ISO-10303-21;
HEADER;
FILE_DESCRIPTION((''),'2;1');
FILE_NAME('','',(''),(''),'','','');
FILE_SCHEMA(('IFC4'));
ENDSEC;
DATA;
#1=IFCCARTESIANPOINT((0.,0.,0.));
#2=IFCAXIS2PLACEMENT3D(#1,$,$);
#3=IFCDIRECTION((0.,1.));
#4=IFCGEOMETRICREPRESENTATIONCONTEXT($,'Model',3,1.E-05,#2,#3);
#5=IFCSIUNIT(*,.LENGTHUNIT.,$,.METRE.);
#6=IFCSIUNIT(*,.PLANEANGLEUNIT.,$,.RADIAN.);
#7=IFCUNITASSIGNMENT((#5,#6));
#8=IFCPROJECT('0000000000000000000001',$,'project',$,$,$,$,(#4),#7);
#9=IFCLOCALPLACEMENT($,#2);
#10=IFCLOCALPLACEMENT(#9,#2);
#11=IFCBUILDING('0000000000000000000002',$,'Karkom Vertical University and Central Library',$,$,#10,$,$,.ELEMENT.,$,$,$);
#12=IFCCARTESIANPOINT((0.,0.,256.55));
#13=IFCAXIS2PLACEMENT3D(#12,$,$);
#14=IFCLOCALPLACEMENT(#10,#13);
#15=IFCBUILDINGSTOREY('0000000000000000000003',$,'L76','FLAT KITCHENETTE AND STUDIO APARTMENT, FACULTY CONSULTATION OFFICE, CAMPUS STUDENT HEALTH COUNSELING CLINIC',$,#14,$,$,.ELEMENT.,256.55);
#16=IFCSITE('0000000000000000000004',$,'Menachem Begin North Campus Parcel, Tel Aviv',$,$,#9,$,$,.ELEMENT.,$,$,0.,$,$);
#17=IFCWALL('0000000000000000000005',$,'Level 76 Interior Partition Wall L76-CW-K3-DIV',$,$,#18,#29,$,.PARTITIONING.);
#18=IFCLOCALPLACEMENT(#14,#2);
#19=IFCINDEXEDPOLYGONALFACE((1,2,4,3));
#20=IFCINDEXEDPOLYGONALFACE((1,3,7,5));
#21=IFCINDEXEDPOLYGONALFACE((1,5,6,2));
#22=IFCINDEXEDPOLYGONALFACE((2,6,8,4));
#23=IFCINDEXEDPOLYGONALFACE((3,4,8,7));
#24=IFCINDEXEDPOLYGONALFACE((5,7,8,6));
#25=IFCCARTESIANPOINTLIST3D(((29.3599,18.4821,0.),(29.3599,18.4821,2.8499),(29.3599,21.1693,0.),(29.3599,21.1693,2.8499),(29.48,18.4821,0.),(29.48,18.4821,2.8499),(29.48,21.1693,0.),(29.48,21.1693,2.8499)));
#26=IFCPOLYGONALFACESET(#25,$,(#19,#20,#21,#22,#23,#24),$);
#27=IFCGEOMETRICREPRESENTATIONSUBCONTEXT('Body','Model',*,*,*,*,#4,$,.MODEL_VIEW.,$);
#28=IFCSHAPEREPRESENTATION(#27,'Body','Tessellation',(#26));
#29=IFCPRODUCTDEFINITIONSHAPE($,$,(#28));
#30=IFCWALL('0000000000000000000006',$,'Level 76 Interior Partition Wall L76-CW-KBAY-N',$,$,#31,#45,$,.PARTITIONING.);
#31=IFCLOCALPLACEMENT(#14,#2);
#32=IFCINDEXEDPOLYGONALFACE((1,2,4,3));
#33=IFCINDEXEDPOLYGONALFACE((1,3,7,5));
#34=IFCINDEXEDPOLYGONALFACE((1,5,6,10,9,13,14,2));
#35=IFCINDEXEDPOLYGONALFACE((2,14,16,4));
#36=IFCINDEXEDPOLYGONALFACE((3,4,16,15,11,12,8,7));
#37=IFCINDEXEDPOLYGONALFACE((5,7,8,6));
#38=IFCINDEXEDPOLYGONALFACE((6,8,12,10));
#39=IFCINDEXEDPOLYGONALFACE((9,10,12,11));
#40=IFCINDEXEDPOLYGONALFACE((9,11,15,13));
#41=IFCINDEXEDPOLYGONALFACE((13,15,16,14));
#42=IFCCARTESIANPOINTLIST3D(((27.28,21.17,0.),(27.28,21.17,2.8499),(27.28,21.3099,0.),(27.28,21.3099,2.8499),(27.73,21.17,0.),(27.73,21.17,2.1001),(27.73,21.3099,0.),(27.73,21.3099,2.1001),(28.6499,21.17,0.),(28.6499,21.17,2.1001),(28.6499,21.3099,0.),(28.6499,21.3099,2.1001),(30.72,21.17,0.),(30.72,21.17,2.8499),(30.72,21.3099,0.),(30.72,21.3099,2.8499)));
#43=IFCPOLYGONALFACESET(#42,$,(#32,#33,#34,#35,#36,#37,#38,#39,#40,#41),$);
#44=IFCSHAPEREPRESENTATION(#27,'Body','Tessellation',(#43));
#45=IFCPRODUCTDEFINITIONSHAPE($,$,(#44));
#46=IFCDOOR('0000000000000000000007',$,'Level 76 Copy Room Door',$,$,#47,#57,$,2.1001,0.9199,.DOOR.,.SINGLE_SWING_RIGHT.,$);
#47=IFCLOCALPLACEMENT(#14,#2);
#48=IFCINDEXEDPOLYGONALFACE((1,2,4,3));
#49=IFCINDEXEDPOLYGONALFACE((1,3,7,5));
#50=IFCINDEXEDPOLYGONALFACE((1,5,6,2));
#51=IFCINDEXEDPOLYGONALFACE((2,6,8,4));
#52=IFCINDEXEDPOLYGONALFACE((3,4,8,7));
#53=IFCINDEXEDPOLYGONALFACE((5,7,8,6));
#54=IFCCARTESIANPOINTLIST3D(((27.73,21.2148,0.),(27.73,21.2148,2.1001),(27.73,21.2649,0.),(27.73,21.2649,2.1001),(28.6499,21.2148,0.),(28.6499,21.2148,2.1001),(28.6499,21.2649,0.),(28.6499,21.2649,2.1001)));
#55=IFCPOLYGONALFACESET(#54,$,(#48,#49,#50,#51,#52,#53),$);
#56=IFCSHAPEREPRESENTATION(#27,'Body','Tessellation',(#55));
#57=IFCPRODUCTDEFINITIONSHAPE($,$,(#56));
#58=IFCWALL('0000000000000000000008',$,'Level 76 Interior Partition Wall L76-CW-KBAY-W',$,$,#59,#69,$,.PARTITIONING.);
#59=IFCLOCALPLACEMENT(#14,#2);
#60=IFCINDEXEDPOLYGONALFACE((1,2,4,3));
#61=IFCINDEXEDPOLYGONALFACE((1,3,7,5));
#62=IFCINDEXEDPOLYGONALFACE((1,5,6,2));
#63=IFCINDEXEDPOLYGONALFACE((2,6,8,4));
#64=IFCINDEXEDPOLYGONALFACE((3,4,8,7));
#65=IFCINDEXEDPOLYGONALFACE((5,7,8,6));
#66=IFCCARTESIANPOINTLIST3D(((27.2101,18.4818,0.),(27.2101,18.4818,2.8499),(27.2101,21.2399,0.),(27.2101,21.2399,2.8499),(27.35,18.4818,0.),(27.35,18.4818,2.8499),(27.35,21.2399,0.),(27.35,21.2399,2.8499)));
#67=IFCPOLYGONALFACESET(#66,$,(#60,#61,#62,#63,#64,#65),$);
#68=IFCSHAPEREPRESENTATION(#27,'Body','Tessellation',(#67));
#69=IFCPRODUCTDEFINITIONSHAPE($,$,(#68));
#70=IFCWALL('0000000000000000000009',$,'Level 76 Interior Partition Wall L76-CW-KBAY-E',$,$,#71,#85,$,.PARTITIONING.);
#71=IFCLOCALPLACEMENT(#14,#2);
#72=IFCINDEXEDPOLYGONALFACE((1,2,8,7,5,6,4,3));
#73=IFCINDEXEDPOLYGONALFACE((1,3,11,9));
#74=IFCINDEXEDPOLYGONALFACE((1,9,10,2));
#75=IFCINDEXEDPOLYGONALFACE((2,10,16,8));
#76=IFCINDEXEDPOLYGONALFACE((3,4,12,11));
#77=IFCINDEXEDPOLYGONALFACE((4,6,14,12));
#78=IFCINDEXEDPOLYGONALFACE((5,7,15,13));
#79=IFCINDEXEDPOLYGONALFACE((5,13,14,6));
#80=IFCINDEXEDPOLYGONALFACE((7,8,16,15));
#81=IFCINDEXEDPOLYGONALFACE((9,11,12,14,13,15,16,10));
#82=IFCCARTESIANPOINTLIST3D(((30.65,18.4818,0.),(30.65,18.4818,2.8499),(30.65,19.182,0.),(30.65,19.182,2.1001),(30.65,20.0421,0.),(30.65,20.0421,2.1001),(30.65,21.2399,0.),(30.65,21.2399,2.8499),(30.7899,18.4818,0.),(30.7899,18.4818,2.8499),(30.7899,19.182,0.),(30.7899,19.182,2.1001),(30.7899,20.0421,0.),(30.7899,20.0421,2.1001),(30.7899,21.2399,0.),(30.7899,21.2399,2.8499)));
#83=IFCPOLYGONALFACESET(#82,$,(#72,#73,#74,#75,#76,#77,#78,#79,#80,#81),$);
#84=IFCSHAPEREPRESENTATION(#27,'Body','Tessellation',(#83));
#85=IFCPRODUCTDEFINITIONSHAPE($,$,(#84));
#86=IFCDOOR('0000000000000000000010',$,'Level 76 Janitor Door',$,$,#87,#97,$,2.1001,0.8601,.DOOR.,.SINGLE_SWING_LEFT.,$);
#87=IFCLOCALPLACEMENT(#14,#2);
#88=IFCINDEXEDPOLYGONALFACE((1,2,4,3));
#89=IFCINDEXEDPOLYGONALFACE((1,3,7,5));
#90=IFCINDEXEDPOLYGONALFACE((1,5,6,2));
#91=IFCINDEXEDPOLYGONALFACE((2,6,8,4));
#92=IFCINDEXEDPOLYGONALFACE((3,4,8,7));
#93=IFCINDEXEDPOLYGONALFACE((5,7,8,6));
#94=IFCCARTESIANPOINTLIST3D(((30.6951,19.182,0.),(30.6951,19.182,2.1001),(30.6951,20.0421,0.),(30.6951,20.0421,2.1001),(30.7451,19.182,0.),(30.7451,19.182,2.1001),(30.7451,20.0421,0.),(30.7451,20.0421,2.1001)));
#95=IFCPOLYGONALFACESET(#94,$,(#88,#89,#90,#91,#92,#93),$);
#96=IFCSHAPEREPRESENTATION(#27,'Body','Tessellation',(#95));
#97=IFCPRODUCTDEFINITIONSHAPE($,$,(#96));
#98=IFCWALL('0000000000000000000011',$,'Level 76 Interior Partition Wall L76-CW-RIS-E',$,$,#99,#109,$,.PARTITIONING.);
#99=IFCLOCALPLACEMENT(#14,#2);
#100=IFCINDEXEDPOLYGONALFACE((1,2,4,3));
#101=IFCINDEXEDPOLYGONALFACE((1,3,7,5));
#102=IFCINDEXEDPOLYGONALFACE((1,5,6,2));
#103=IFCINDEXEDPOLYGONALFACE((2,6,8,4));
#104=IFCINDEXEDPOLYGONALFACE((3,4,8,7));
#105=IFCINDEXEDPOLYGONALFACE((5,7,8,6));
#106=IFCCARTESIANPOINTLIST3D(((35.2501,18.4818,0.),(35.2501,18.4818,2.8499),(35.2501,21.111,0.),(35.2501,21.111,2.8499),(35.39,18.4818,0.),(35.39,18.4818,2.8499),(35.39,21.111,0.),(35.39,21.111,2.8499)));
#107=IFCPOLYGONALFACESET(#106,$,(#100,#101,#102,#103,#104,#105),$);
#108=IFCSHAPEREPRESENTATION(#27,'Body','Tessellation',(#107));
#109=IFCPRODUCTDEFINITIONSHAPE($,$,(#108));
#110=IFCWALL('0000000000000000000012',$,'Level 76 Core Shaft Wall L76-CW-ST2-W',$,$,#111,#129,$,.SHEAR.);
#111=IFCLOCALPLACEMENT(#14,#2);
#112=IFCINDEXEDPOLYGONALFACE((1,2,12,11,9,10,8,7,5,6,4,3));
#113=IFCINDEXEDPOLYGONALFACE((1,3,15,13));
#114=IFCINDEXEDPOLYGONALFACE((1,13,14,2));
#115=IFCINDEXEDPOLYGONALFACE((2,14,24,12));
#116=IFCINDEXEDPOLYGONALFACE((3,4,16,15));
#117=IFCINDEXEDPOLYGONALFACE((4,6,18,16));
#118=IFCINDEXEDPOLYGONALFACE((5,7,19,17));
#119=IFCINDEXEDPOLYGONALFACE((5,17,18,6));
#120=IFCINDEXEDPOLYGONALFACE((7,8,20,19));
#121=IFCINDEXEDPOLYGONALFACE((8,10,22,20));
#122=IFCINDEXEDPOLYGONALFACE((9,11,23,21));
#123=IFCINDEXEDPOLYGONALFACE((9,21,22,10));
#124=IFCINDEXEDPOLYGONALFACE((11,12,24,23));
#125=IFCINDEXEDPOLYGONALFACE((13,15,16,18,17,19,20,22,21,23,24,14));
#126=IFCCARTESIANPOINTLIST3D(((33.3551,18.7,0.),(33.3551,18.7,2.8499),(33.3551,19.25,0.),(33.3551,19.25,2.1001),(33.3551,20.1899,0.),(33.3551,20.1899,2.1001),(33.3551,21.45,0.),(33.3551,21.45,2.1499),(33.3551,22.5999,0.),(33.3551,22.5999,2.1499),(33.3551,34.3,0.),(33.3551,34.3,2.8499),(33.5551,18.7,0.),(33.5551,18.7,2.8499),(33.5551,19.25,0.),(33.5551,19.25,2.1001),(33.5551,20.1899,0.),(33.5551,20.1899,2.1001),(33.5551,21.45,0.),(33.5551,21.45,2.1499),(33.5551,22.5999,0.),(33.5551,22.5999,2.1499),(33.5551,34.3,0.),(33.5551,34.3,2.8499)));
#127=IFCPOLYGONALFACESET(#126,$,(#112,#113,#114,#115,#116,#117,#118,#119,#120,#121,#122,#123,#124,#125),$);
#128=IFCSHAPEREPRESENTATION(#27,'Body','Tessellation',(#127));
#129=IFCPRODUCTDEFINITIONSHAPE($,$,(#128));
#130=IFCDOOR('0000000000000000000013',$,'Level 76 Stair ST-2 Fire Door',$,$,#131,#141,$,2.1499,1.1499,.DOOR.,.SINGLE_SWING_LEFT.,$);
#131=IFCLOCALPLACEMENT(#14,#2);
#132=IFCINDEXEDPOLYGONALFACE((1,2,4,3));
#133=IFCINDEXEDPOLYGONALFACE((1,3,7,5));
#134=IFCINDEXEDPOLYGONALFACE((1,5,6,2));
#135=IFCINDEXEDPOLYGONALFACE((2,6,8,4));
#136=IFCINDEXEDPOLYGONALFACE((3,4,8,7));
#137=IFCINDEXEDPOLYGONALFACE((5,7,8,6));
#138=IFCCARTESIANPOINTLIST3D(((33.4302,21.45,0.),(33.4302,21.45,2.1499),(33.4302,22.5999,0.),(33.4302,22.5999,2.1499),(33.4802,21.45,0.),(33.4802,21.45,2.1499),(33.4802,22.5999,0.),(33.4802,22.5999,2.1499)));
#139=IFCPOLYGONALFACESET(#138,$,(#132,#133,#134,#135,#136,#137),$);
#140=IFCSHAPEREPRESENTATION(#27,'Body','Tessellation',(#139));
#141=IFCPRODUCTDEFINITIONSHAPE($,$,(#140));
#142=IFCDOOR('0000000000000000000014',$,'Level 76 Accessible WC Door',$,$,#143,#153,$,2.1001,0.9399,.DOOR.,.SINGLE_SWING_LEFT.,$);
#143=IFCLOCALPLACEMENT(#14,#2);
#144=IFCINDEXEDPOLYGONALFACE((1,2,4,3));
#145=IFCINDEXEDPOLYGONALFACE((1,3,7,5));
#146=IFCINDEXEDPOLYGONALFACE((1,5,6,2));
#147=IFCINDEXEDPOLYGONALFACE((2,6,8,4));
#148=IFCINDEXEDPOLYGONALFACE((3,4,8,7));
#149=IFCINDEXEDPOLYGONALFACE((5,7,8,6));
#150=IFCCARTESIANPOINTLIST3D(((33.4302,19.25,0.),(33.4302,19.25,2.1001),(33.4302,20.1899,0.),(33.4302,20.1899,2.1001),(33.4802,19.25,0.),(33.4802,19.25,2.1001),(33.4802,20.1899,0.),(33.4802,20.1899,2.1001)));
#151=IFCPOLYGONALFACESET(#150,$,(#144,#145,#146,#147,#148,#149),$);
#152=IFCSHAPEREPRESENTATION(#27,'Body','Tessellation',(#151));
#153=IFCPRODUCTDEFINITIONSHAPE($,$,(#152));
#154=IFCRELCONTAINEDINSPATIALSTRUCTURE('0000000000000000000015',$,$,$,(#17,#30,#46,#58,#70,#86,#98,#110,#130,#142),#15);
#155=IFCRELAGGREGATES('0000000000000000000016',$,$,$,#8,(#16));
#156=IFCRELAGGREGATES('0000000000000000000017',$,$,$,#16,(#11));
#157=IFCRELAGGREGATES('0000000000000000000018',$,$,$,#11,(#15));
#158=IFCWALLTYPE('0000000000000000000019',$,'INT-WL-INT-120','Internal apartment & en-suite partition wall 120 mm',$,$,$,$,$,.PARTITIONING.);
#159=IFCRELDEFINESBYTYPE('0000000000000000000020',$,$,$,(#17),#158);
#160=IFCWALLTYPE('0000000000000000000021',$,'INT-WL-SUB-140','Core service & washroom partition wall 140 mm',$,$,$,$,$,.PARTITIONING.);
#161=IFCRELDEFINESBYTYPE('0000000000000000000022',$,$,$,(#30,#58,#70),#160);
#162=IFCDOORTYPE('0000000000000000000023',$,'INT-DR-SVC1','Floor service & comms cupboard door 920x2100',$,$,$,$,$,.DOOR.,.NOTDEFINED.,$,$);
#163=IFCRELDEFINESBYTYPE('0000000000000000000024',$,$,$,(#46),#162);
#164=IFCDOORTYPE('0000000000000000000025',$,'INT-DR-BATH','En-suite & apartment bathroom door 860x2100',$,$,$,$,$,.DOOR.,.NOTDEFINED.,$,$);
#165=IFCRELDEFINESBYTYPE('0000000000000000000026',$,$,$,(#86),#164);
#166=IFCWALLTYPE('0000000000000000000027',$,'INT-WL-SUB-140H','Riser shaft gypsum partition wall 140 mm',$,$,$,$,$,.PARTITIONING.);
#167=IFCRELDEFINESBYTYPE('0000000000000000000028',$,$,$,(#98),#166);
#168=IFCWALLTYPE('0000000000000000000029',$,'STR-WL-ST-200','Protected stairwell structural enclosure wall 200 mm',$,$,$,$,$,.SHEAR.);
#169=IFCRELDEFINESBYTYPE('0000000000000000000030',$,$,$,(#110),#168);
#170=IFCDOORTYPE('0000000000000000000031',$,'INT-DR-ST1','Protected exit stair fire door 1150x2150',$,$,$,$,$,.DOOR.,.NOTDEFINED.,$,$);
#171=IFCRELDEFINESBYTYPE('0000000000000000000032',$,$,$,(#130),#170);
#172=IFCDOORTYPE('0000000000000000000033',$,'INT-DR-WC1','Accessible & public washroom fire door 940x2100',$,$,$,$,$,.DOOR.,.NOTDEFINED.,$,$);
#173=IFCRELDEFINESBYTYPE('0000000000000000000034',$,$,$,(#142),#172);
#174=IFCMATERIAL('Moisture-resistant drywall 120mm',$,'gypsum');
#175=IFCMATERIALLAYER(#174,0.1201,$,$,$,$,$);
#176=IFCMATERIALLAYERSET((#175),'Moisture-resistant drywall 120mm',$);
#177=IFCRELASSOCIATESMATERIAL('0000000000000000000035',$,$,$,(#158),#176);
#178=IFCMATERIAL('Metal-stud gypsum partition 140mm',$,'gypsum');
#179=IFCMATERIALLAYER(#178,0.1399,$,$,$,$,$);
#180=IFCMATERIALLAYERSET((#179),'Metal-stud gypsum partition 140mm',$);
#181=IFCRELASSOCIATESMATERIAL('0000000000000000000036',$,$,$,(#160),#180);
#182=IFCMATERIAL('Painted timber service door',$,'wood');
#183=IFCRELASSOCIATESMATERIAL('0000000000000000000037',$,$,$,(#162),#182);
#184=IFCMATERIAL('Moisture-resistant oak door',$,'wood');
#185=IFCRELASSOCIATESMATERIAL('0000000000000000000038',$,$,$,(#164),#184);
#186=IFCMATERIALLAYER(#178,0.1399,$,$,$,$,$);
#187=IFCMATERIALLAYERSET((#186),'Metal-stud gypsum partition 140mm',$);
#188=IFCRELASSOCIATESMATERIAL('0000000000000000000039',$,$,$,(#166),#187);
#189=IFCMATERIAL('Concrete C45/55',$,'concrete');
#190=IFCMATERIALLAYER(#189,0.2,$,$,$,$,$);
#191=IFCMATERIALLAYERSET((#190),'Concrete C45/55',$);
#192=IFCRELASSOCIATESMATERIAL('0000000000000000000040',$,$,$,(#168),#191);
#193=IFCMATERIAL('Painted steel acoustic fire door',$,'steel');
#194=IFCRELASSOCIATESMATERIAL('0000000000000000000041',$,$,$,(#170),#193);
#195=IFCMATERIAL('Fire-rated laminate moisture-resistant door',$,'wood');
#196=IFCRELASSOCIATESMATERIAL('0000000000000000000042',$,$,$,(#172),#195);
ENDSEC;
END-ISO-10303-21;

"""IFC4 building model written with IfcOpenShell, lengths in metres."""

from ifc_helpers import new_model, si_unit, direction, frame, frame_2d, origin, origin_with_axes, place, context, subcontext, project, spatial, rectangle, extrude, source, transform, mapped, material, layer, layer_set, type_object, element, fill, save


model = new_model("IFC4")

# Units and contexts
model_context = context("Model", 3, precision=1e-05, world=origin(), true_north=direction((0.0, 1.0)))
body_context = subcontext(model_context, "Body", "Model", "MODEL_VIEW")
ifc_project = project(units=[si_unit("LENGTHUNIT", "METRE"), si_unit("PLANEANGLEUNIT", "RADIAN")], contexts=[model_context])

# Site, building, storey
site_placement = place(None, origin())
site = spatial("IfcSite", under=ifc_project, at=site_placement, Name="Menachem Begin North Campus Parcel, Tel Aviv", CompositionType="ELEMENT", RefElevation=0.0)
building_placement = place(site_placement, origin())
building = spatial("IfcBuilding", under=site, at=building_placement, Name="Karkom Vertical University and Central Library", CompositionType="ELEMENT")
storey_placement = place(building_placement, frame((0.0, 0.0, 256.55)))
storey = spatial("IfcBuildingStorey", under=building, at=storey_placement, Name="L76", Description="FLAT KITCHENETTE AND STUDIO APARTMENT, FACULTY CONSULTATION OFFICE, CAMPUS STUDENT HEALTH COUNSELING CLINIC", CompositionType="ELEMENT", Elevation=256.55)

# Shared definitions
ifc_material_1 = material(Name="Concrete C45/55", Category="concrete")

# Wall
ifc_material_2 = material(Name="Moisture-resistant drywall 120mm", Category="gypsum")
ifc_layer_1 = layer(ifc_material_2, 0.1201)
ifc_layer_set_1 = layer_set([ifc_layer_1], Name="Moisture-resistant drywall 120mm")
wall_type_1 = type_object("IfcWallType", Name="INT-WL-INT-120", Description="Internal apartment & en-suite partition wall 120 mm", PredefinedType="PARTITIONING", material=ifc_layer_set_1)
wall_1_placement = place(storey_placement, frame((29.4199, 18.4819, 0.0), z_axis=(0.0, 0.0, 1.0), x_axis=(0.0, 1.0, 0.0)))
element("IfcWall", 1, at=wall_1_placement, inside=storey, type_object=wall_type_1, Name="Level 76 Interior Partition Wall L76-CW-K3-DIV", PredefinedType="PARTITIONING", context=body_context, shape_type="SweptSolid", body=[
    extrude(rectangle(XDim=2.6873, YDim=0.1201, at=frame_2d((1.3438, 0.0))), origin(), (0.0, 0.0, 1.0), 2.8499),
])

# Wall, opening, door
ifc_material_3 = material(Name="Metal-stud gypsum partition 140mm", Category="gypsum")
ifc_layer_2 = layer(ifc_material_3, 0.1399)
ifc_layer_set_2 = layer_set([ifc_layer_2], Name="Metal-stud gypsum partition 140mm")
wall_type_2 = type_object("IfcWallType", Name="INT-WL-SUB-140", Description="Core service & washroom partition wall 140 mm", PredefinedType="PARTITIONING", material=ifc_layer_set_2)
wall_2_placement = place(storey_placement, frame((27.28, 21.24, 0.0), z_axis=(0.0, 0.0, 1.0), x_axis=(1.0, 0.0, 0.0)))
wall_2 = element("IfcWall", 2, at=wall_2_placement, inside=storey, type_object=wall_type_2, Name="Level 76 Interior Partition Wall L76-CW-KBAY-N", PredefinedType="PARTITIONING", context=body_context, shape_type="SweptSolid", body=[
    extrude(rectangle(XDim=3.4399, YDim=0.1399, at=frame_2d((1.72, 0.0))), origin(), (0.0, 0.0, 1.0), 2.8499),
])
opening_1_placement = place(wall_2_placement, frame((0.45, 0.0, 0.0)))
opening_1 = element("IfcOpeningElement", 3, at=opening_1_placement, cuts=wall_2, PredefinedType="OPENING", context=body_context, shape_type="SweptSolid", body=[
    extrude(rectangle(XDim=0.9199, YDim=2.1001, at=frame_2d((0.46, 1.05))), frame((0.0, 0.0801, 0.0), z_axis=(0.0, -1.0, 0.0), x_axis=(1.0, 0.0, 0.0)), (0.0, 0.0, 1.0), 0.1599),
])
ifc_material_4 = material(Name="Painted timber service door", Category="wood")
door_type_1 = type_object("IfcDoorType", Name="INT-DR-SVC1", Description="Floor service & comms cupboard door 920x2100", OperationType="NOTDEFINED", PredefinedType="DOOR", material=ifc_material_4)
shared_shape_1 = source(origin_with_axes(), body_context, "Body", "SweptSolid", [
    extrude(rectangle(XDim=0.9199, YDim=2.1001, at=frame_2d((0.46, 1.05))), frame((0.0, 0.0249, 0.0), z_axis=(0.0, -1.0, 0.0), x_axis=(1.0, 0.0, 0.0)), (0.0, 0.0, 1.0), 0.05),
])
door_1_placement = place(opening_1_placement, origin())
door_1 = element("IfcDoor", 4, at=door_1_placement, inside=storey, type_object=door_type_1, Name="Level 76 Copy Room Door", OperationType="SINGLE_SWING_RIGHT", OverallHeight=2.1001, OverallWidth=0.9199, PredefinedType="DOOR", context=body_context, shape_type="MappedRepresentation", body=[
    mapped(shared_shape_1, transform((0.0, 0.0, 0.0), scale=1.0)),
])
fill(opening_1, door_1)

# Wall
wall_3_placement = place(storey_placement, frame((27.28, 18.4819, 0.0), z_axis=(0.0, 0.0, 1.0), x_axis=(0.0, 1.0, 0.0)))
element("IfcWall", 5, at=wall_3_placement, inside=storey, type_object=wall_type_2, Name="Level 76 Interior Partition Wall L76-CW-KBAY-W", PredefinedType="PARTITIONING", context=body_context, shape_type="SweptSolid", body=[
    extrude(rectangle(XDim=2.7581, YDim=0.1399, at=frame_2d((1.3789, 0.0))), origin(), (0.0, 0.0, 1.0), 2.8499),
])

# Wall, opening, door
wall_4_placement = place(storey_placement, frame((30.72, 18.4819, 0.0), z_axis=(0.0, 0.0, 1.0), x_axis=(0.0, 1.0, 0.0)))
wall_4 = element("IfcWall", 6, at=wall_4_placement, inside=storey, type_object=wall_type_2, Name="Level 76 Interior Partition Wall L76-CW-KBAY-E", PredefinedType="PARTITIONING", context=body_context, shape_type="SweptSolid", body=[
    extrude(rectangle(XDim=2.7581, YDim=0.1399, at=frame_2d((1.3789, 0.0))), origin(), (0.0, 0.0, 1.0), 2.8499),
])
opening_2_placement = place(wall_4_placement, frame((0.7, 0.0, 0.0)))
opening_2 = element("IfcOpeningElement", 7, at=opening_2_placement, cuts=wall_4, PredefinedType="OPENING", context=body_context, shape_type="SweptSolid", body=[
    extrude(rectangle(XDim=0.8601, YDim=2.1001, at=frame_2d((0.4302, 1.05))), frame((0.0, 0.0801, 0.0), z_axis=(0.0, -1.0, 0.0), x_axis=(1.0, 0.0, 0.0)), (0.0, 0.0, 1.0), 0.1599),
])
ifc_material_5 = material(Name="Moisture-resistant oak door", Category="wood")
door_type_2 = type_object("IfcDoorType", Name="INT-DR-BATH", Description="En-suite & apartment bathroom door 860x2100", OperationType="NOTDEFINED", PredefinedType="DOOR", material=ifc_material_5)
shared_shape_2 = source(origin_with_axes(), body_context, "Body", "SweptSolid", [
    extrude(rectangle(XDim=0.8601, YDim=2.1001, at=frame_2d((0.4302, 1.05))), frame((0.0, 0.0249, 0.0), z_axis=(0.0, -1.0, 0.0), x_axis=(1.0, 0.0, 0.0)), (0.0, 0.0, 1.0), 0.05),
])
door_2_placement = place(opening_2_placement, origin())
door_2 = element("IfcDoor", 8, at=door_2_placement, inside=storey, type_object=door_type_2, Name="Level 76 Janitor Door", OperationType="SINGLE_SWING_LEFT", OverallHeight=2.1001, OverallWidth=0.8601, PredefinedType="DOOR", context=body_context, shape_type="MappedRepresentation", body=[
    mapped(shared_shape_2, transform((0.0, 0.0, 0.0), scale=1.0)),
])
fill(opening_2, door_2)

# Wall
ifc_layer_3 = layer(ifc_material_3, 0.1399)
ifc_layer_set_3 = layer_set([ifc_layer_3], Name="Metal-stud gypsum partition 140mm")
wall_type_3 = type_object("IfcWallType", Name="INT-WL-SUB-140H", Description="Riser shaft gypsum partition wall 140 mm", PredefinedType="PARTITIONING", material=ifc_layer_set_3)
wall_5_placement = place(storey_placement, frame((35.3201, 18.4819, 0.0), z_axis=(0.0, 0.0, 1.0), x_axis=(0.0, 1.0, 0.0)))
element("IfcWall", 9, at=wall_5_placement, inside=storey, type_object=wall_type_3, Name="Level 76 Interior Partition Wall L76-CW-RIS-E", PredefinedType="PARTITIONING", context=body_context, shape_type="SweptSolid", body=[
    extrude(rectangle(XDim=2.6292, YDim=0.1399, at=frame_2d((1.3145, 0.0))), origin(), (0.0, 0.0, 1.0), 2.8499),
])

# Wall, openings, doors
ifc_layer_4 = layer(ifc_material_1, 0.2)
ifc_layer_set_4 = layer_set([ifc_layer_4], Name="Concrete C45/55")
wall_type_4 = type_object("IfcWallType", Name="STR-WL-ST-200", Description="Protected stairwell structural enclosure wall 200 mm", PredefinedType="SHEAR", material=ifc_layer_set_4)
wall_6_placement = place(storey_placement, frame((33.4551, 18.7, 0.0), z_axis=(0.0, 0.0, 1.0), x_axis=(0.0, 1.0, 0.0)))
wall_6 = element("IfcWall", 10, at=wall_6_placement, inside=storey, type_object=wall_type_4, Name="Level 76 Core Shaft Wall L76-CW-ST2-W", PredefinedType="SHEAR", context=body_context, shape_type="SweptSolid", body=[
    extrude(rectangle(XDim=15.6001, YDim=0.2, at=frame_2d((7.8, 0.0))), origin(), (0.0, 0.0, 1.0), 2.8499),
])
opening_3_placement = place(wall_6_placement, frame((2.75, 0.0, 0.0)))
opening_3 = element("IfcOpeningElement", 11, at=opening_3_placement, cuts=wall_6, PredefinedType="OPENING", context=body_context, shape_type="SweptSolid", body=[
    extrude(rectangle(XDim=1.1499, YDim=2.1499, at=frame_2d((0.575, 1.075))), frame((0.0, 0.1099, 0.0), z_axis=(0.0, -1.0, 0.0), x_axis=(1.0, 0.0, 0.0)), (0.0, 0.0, 1.0), 0.22),
])
opening_4_placement = place(wall_6_placement, frame((0.55, 0.0, 0.0)))
opening_4 = element("IfcOpeningElement", 12, at=opening_4_placement, cuts=wall_6, PredefinedType="OPENING", context=body_context, shape_type="SweptSolid", body=[
    extrude(rectangle(XDim=0.9399, YDim=2.1001, at=frame_2d((0.47, 1.05))), frame((0.0, 0.1099, 0.0), z_axis=(0.0, -1.0, 0.0), x_axis=(1.0, 0.0, 0.0)), (0.0, 0.0, 1.0), 0.22),
])
ifc_material_6 = material(Name="Painted steel acoustic fire door", Category="steel")
door_type_3 = type_object("IfcDoorType", Name="INT-DR-ST1", Description="Protected exit stair fire door 1150x2150", OperationType="NOTDEFINED", PredefinedType="DOOR", material=ifc_material_6)
shared_shape_3 = source(origin_with_axes(), body_context, "Body", "SweptSolid", [
    extrude(rectangle(XDim=1.1499, YDim=2.1499, at=frame_2d((0.575, 1.075))), frame((0.0, 0.0249, 0.0), z_axis=(0.0, -1.0, 0.0), x_axis=(1.0, 0.0, 0.0)), (0.0, 0.0, 1.0), 0.05),
])
door_3_placement = place(opening_3_placement, origin())
door_3 = element("IfcDoor", 13, at=door_3_placement, inside=storey, type_object=door_type_3, Name="Level 76 Stair ST-2 Fire Door", OperationType="SINGLE_SWING_LEFT", OverallHeight=2.1499, OverallWidth=1.1499, PredefinedType="DOOR", context=body_context, shape_type="MappedRepresentation", body=[
    mapped(shared_shape_3, transform((0.0, 0.0, 0.0), scale=1.0)),
])
fill(opening_3, door_3)
ifc_material_7 = material(Name="Fire-rated laminate moisture-resistant door", Category="wood")
door_type_4 = type_object("IfcDoorType", Name="INT-DR-WC1", Description="Accessible & public washroom fire door 940x2100", OperationType="NOTDEFINED", PredefinedType="DOOR", material=ifc_material_7)
shared_shape_4 = source(origin_with_axes(), body_context, "Body", "SweptSolid", [
    extrude(rectangle(XDim=0.9399, YDim=2.1001, at=frame_2d((0.47, 1.05))), frame((0.0, 0.0249, 0.0), z_axis=(0.0, -1.0, 0.0), x_axis=(1.0, 0.0, 0.0)), (0.0, 0.0, 1.0), 0.05),
])
door_4_placement = place(opening_4_placement, origin())
door_4 = element("IfcDoor", 14, at=door_4_placement, inside=storey, type_object=door_type_4, Name="Level 76 Accessible WC Door", OperationType="SINGLE_SWING_LEFT", OverallHeight=2.1001, OverallWidth=0.9399, PredefinedType="DOOR", context=body_context, shape_type="MappedRepresentation", body=[
    mapped(shared_shape_4, transform((0.0, 0.0, 0.0), scale=1.0)),
])
fill(opening_4, door_4)

save(model, "model.ifc")
